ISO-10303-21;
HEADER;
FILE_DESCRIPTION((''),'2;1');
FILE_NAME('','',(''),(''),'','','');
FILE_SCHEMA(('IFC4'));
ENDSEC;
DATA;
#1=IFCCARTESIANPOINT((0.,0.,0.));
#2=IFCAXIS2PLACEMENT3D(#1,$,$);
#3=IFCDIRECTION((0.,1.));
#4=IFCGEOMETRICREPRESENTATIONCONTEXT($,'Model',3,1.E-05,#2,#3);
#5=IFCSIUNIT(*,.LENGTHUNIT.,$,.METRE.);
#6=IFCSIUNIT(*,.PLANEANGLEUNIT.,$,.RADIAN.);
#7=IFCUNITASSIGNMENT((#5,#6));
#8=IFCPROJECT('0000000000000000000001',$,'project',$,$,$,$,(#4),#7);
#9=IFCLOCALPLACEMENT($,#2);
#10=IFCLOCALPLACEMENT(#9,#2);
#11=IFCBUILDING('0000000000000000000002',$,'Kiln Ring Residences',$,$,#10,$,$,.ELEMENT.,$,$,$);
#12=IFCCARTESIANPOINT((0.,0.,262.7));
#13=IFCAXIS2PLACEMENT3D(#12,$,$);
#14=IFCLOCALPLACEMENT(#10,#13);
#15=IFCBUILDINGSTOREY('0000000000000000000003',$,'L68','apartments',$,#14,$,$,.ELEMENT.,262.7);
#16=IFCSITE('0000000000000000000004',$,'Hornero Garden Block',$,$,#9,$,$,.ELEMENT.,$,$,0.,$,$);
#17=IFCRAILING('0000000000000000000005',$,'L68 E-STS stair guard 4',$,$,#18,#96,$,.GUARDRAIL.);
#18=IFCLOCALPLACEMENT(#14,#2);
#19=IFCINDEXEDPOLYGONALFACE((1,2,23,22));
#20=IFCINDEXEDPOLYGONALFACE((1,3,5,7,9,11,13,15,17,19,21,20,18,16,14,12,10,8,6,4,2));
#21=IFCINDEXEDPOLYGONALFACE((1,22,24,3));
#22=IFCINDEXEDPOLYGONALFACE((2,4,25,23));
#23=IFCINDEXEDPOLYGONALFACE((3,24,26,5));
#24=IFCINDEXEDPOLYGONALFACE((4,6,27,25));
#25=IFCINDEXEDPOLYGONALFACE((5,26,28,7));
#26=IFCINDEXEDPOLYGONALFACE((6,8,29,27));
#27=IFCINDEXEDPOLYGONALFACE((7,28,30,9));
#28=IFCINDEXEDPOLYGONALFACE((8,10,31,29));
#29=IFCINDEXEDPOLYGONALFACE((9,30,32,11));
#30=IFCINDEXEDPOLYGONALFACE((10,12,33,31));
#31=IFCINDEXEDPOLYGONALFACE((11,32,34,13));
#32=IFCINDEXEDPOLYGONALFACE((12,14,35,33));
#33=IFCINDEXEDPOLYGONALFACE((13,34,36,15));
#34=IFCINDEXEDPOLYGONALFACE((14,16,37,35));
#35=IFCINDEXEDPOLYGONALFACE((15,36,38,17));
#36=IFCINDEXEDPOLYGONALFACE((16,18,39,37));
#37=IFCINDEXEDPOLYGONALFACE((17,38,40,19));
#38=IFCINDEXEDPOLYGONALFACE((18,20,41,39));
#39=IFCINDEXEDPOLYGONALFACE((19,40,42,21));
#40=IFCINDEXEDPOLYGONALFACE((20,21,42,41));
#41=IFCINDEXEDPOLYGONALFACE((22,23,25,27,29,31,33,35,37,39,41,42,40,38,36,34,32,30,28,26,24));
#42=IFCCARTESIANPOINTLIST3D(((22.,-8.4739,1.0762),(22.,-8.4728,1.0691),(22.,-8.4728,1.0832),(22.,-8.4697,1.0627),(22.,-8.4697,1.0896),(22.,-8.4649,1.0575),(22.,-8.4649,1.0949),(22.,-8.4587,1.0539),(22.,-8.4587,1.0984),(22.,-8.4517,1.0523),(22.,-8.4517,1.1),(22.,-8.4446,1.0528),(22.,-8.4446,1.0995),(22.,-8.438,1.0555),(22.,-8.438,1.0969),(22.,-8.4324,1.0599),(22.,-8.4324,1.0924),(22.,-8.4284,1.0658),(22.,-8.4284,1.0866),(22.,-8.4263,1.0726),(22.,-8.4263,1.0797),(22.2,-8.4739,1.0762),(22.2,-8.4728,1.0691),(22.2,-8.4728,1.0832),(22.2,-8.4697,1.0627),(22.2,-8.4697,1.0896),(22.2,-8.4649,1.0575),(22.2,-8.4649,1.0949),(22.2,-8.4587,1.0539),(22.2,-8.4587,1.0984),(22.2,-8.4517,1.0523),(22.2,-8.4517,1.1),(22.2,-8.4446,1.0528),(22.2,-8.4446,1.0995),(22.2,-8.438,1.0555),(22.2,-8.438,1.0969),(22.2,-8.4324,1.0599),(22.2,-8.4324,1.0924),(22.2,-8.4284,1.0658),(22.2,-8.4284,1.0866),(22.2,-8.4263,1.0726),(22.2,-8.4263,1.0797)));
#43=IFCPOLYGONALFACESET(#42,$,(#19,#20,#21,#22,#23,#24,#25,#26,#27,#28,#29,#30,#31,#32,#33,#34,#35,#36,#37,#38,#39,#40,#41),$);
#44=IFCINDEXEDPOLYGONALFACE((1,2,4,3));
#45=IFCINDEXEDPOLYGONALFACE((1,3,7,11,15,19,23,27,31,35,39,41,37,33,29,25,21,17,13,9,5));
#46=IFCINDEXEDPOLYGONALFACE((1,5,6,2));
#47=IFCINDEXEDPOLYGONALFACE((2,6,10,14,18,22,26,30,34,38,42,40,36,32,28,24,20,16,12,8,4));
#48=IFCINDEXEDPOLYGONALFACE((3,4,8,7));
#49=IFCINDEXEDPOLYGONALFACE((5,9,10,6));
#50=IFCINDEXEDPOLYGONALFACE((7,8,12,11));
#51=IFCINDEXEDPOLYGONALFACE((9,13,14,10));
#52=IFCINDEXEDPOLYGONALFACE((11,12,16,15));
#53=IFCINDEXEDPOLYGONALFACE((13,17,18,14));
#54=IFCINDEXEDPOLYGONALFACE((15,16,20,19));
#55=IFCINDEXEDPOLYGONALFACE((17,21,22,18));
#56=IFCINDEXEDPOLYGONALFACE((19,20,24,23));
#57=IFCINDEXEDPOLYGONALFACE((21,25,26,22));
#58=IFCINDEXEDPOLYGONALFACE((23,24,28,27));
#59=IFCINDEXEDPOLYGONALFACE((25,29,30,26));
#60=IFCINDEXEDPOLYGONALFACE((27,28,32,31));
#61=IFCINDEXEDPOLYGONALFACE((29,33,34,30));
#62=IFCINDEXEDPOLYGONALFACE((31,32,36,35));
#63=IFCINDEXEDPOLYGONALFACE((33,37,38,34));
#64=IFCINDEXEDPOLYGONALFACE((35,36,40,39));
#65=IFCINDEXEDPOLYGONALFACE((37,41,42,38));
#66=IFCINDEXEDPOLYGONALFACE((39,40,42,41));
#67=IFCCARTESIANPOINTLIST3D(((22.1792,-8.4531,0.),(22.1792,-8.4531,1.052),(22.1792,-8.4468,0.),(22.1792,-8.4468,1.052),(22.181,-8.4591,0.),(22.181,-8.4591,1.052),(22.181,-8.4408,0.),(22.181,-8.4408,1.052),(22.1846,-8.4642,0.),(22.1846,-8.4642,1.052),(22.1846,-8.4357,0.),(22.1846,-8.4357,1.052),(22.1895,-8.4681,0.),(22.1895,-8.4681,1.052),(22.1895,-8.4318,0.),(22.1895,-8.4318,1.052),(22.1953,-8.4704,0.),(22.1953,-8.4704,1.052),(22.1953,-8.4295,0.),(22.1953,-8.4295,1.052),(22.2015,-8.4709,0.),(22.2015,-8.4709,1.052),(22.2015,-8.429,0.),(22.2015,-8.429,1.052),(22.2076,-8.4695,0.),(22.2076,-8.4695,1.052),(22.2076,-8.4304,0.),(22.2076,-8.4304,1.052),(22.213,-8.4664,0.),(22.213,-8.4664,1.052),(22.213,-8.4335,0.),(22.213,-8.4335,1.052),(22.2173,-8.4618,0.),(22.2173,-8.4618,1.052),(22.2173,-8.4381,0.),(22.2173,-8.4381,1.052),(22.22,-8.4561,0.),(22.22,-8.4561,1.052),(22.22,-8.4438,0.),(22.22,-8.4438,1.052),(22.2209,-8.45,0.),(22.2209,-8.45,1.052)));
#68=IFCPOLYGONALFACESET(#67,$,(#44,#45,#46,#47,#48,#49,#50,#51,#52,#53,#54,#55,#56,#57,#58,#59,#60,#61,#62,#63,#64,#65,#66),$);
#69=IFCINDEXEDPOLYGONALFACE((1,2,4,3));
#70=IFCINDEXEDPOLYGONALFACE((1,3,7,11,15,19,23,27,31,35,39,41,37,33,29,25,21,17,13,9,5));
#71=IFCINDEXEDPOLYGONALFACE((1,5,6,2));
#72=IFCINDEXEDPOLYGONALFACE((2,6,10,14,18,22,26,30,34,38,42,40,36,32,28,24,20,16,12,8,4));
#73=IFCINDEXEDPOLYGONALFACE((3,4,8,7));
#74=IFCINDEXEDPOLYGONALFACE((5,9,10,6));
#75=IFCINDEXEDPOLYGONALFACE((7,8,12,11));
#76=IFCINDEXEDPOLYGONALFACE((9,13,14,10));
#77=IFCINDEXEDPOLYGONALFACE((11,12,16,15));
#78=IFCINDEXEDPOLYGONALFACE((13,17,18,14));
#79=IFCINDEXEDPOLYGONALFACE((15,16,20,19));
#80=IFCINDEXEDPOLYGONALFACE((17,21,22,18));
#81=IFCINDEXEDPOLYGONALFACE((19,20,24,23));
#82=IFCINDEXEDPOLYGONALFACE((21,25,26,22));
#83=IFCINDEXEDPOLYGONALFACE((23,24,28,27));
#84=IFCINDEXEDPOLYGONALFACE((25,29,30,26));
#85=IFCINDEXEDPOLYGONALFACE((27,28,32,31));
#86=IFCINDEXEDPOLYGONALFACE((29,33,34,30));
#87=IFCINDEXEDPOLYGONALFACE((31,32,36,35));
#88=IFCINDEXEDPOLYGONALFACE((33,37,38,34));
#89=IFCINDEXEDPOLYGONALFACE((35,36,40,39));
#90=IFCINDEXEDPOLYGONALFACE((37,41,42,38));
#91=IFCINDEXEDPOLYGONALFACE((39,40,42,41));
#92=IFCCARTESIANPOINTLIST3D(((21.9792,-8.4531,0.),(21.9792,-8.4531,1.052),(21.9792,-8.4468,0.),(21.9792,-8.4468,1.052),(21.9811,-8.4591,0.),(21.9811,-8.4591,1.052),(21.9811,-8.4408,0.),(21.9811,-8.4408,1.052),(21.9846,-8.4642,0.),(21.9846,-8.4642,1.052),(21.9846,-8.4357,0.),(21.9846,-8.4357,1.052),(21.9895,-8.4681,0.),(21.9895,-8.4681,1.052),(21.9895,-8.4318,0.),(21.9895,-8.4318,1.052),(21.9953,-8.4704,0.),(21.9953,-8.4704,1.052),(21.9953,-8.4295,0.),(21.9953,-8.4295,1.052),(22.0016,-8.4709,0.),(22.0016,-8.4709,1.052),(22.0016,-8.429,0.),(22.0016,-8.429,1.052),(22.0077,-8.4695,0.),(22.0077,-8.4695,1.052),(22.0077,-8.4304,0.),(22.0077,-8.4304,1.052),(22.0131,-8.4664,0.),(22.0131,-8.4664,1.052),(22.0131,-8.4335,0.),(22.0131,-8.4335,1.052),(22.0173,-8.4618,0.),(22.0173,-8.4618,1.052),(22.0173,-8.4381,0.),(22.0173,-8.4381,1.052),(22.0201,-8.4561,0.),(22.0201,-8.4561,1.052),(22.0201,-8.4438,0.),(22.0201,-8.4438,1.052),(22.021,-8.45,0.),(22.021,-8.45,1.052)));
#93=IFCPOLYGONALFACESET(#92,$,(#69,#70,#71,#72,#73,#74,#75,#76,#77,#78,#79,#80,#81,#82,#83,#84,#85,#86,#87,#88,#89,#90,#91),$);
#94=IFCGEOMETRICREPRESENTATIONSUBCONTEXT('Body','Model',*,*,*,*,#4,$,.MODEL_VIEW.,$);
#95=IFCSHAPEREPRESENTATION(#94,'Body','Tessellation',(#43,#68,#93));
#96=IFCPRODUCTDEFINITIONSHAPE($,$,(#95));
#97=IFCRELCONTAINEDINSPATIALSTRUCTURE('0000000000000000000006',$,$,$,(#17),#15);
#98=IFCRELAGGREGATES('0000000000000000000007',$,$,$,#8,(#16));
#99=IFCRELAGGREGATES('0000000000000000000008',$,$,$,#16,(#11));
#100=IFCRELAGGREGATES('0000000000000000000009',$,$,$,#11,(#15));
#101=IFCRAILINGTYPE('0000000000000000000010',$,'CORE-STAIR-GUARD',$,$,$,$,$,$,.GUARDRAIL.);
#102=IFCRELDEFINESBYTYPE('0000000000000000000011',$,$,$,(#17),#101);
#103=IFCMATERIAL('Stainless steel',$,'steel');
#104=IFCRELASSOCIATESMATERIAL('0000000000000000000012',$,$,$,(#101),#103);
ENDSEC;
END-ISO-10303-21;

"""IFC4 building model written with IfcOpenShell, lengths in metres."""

from ifc_helpers import new_model, si_unit, direction, frame, origin, origin_2d, place, context, subcontext, project, spatial, circle, extrude, material, type_object, element, save


model = new_model("IFC4")

# Units and contexts
model_context = context("Model", 3, precision=1e-05, world=origin(), true_north=direction((0.0, 1.0)))
body_context = subcontext(model_context, "Body", "Model", "MODEL_VIEW")
ifc_project = project(units=[si_unit("LENGTHUNIT", "METRE"), si_unit("PLANEANGLEUNIT", "RADIAN")], contexts=[model_context])

# Site, building, storey
site_placement = place(None, origin())
site = spatial("IfcSite", under=ifc_project, at=site_placement, Name="Hornero Garden Block", CompositionType="ELEMENT", RefElevation=0.0)
building_placement = place(site_placement, origin())
building = spatial("IfcBuilding", under=site, at=building_placement, Name="Kiln Ring Residences", CompositionType="ELEMENT")
storey_placement = place(building_placement, frame((0.0, 0.0, 262.7)))
storey = spatial("IfcBuildingStorey", under=building, at=storey_placement, Name="L68", Description="apartments", CompositionType="ELEMENT", Elevation=262.7)

# Railing
ifc_material_1 = material(Name="Stainless steel", Category="steel")
railing_type_1 = type_object("IfcRailingType", Name="CORE-STAIR-GUARD", PredefinedType="GUARDRAIL", material=ifc_material_1)
railing_1_placement = place(storey_placement, frame((22.2, -8.45, 0.0)))
element("IfcRailing", 1, at=railing_1_placement, inside=storey, type_object=railing_type_1, Name="L68 E-STS stair guard 4", PredefinedType="GUARDRAIL", context=body_context, shape_type="SweptSolid", body=[
    extrude(circle(Radius=0.0239, at=origin_2d()), frame((0.0, 0.0, 1.0762), z_axis=(-1.0, 0.0, 0.0), x_axis=(0.0, -1.0, 0.0)), (0.0, 0.0, 1.0), 0.2),
    extrude(circle(Radius=0.021, at=origin_2d()), origin(), (0.0, 0.0, 1.0), 1.052),
    extrude(circle(Radius=0.021, at=origin_2d()), frame((-0.2, 0.0, 0.0)), (0.0, 0.0, 1.0), 1.052),
])

save(model, "model.ifc")
